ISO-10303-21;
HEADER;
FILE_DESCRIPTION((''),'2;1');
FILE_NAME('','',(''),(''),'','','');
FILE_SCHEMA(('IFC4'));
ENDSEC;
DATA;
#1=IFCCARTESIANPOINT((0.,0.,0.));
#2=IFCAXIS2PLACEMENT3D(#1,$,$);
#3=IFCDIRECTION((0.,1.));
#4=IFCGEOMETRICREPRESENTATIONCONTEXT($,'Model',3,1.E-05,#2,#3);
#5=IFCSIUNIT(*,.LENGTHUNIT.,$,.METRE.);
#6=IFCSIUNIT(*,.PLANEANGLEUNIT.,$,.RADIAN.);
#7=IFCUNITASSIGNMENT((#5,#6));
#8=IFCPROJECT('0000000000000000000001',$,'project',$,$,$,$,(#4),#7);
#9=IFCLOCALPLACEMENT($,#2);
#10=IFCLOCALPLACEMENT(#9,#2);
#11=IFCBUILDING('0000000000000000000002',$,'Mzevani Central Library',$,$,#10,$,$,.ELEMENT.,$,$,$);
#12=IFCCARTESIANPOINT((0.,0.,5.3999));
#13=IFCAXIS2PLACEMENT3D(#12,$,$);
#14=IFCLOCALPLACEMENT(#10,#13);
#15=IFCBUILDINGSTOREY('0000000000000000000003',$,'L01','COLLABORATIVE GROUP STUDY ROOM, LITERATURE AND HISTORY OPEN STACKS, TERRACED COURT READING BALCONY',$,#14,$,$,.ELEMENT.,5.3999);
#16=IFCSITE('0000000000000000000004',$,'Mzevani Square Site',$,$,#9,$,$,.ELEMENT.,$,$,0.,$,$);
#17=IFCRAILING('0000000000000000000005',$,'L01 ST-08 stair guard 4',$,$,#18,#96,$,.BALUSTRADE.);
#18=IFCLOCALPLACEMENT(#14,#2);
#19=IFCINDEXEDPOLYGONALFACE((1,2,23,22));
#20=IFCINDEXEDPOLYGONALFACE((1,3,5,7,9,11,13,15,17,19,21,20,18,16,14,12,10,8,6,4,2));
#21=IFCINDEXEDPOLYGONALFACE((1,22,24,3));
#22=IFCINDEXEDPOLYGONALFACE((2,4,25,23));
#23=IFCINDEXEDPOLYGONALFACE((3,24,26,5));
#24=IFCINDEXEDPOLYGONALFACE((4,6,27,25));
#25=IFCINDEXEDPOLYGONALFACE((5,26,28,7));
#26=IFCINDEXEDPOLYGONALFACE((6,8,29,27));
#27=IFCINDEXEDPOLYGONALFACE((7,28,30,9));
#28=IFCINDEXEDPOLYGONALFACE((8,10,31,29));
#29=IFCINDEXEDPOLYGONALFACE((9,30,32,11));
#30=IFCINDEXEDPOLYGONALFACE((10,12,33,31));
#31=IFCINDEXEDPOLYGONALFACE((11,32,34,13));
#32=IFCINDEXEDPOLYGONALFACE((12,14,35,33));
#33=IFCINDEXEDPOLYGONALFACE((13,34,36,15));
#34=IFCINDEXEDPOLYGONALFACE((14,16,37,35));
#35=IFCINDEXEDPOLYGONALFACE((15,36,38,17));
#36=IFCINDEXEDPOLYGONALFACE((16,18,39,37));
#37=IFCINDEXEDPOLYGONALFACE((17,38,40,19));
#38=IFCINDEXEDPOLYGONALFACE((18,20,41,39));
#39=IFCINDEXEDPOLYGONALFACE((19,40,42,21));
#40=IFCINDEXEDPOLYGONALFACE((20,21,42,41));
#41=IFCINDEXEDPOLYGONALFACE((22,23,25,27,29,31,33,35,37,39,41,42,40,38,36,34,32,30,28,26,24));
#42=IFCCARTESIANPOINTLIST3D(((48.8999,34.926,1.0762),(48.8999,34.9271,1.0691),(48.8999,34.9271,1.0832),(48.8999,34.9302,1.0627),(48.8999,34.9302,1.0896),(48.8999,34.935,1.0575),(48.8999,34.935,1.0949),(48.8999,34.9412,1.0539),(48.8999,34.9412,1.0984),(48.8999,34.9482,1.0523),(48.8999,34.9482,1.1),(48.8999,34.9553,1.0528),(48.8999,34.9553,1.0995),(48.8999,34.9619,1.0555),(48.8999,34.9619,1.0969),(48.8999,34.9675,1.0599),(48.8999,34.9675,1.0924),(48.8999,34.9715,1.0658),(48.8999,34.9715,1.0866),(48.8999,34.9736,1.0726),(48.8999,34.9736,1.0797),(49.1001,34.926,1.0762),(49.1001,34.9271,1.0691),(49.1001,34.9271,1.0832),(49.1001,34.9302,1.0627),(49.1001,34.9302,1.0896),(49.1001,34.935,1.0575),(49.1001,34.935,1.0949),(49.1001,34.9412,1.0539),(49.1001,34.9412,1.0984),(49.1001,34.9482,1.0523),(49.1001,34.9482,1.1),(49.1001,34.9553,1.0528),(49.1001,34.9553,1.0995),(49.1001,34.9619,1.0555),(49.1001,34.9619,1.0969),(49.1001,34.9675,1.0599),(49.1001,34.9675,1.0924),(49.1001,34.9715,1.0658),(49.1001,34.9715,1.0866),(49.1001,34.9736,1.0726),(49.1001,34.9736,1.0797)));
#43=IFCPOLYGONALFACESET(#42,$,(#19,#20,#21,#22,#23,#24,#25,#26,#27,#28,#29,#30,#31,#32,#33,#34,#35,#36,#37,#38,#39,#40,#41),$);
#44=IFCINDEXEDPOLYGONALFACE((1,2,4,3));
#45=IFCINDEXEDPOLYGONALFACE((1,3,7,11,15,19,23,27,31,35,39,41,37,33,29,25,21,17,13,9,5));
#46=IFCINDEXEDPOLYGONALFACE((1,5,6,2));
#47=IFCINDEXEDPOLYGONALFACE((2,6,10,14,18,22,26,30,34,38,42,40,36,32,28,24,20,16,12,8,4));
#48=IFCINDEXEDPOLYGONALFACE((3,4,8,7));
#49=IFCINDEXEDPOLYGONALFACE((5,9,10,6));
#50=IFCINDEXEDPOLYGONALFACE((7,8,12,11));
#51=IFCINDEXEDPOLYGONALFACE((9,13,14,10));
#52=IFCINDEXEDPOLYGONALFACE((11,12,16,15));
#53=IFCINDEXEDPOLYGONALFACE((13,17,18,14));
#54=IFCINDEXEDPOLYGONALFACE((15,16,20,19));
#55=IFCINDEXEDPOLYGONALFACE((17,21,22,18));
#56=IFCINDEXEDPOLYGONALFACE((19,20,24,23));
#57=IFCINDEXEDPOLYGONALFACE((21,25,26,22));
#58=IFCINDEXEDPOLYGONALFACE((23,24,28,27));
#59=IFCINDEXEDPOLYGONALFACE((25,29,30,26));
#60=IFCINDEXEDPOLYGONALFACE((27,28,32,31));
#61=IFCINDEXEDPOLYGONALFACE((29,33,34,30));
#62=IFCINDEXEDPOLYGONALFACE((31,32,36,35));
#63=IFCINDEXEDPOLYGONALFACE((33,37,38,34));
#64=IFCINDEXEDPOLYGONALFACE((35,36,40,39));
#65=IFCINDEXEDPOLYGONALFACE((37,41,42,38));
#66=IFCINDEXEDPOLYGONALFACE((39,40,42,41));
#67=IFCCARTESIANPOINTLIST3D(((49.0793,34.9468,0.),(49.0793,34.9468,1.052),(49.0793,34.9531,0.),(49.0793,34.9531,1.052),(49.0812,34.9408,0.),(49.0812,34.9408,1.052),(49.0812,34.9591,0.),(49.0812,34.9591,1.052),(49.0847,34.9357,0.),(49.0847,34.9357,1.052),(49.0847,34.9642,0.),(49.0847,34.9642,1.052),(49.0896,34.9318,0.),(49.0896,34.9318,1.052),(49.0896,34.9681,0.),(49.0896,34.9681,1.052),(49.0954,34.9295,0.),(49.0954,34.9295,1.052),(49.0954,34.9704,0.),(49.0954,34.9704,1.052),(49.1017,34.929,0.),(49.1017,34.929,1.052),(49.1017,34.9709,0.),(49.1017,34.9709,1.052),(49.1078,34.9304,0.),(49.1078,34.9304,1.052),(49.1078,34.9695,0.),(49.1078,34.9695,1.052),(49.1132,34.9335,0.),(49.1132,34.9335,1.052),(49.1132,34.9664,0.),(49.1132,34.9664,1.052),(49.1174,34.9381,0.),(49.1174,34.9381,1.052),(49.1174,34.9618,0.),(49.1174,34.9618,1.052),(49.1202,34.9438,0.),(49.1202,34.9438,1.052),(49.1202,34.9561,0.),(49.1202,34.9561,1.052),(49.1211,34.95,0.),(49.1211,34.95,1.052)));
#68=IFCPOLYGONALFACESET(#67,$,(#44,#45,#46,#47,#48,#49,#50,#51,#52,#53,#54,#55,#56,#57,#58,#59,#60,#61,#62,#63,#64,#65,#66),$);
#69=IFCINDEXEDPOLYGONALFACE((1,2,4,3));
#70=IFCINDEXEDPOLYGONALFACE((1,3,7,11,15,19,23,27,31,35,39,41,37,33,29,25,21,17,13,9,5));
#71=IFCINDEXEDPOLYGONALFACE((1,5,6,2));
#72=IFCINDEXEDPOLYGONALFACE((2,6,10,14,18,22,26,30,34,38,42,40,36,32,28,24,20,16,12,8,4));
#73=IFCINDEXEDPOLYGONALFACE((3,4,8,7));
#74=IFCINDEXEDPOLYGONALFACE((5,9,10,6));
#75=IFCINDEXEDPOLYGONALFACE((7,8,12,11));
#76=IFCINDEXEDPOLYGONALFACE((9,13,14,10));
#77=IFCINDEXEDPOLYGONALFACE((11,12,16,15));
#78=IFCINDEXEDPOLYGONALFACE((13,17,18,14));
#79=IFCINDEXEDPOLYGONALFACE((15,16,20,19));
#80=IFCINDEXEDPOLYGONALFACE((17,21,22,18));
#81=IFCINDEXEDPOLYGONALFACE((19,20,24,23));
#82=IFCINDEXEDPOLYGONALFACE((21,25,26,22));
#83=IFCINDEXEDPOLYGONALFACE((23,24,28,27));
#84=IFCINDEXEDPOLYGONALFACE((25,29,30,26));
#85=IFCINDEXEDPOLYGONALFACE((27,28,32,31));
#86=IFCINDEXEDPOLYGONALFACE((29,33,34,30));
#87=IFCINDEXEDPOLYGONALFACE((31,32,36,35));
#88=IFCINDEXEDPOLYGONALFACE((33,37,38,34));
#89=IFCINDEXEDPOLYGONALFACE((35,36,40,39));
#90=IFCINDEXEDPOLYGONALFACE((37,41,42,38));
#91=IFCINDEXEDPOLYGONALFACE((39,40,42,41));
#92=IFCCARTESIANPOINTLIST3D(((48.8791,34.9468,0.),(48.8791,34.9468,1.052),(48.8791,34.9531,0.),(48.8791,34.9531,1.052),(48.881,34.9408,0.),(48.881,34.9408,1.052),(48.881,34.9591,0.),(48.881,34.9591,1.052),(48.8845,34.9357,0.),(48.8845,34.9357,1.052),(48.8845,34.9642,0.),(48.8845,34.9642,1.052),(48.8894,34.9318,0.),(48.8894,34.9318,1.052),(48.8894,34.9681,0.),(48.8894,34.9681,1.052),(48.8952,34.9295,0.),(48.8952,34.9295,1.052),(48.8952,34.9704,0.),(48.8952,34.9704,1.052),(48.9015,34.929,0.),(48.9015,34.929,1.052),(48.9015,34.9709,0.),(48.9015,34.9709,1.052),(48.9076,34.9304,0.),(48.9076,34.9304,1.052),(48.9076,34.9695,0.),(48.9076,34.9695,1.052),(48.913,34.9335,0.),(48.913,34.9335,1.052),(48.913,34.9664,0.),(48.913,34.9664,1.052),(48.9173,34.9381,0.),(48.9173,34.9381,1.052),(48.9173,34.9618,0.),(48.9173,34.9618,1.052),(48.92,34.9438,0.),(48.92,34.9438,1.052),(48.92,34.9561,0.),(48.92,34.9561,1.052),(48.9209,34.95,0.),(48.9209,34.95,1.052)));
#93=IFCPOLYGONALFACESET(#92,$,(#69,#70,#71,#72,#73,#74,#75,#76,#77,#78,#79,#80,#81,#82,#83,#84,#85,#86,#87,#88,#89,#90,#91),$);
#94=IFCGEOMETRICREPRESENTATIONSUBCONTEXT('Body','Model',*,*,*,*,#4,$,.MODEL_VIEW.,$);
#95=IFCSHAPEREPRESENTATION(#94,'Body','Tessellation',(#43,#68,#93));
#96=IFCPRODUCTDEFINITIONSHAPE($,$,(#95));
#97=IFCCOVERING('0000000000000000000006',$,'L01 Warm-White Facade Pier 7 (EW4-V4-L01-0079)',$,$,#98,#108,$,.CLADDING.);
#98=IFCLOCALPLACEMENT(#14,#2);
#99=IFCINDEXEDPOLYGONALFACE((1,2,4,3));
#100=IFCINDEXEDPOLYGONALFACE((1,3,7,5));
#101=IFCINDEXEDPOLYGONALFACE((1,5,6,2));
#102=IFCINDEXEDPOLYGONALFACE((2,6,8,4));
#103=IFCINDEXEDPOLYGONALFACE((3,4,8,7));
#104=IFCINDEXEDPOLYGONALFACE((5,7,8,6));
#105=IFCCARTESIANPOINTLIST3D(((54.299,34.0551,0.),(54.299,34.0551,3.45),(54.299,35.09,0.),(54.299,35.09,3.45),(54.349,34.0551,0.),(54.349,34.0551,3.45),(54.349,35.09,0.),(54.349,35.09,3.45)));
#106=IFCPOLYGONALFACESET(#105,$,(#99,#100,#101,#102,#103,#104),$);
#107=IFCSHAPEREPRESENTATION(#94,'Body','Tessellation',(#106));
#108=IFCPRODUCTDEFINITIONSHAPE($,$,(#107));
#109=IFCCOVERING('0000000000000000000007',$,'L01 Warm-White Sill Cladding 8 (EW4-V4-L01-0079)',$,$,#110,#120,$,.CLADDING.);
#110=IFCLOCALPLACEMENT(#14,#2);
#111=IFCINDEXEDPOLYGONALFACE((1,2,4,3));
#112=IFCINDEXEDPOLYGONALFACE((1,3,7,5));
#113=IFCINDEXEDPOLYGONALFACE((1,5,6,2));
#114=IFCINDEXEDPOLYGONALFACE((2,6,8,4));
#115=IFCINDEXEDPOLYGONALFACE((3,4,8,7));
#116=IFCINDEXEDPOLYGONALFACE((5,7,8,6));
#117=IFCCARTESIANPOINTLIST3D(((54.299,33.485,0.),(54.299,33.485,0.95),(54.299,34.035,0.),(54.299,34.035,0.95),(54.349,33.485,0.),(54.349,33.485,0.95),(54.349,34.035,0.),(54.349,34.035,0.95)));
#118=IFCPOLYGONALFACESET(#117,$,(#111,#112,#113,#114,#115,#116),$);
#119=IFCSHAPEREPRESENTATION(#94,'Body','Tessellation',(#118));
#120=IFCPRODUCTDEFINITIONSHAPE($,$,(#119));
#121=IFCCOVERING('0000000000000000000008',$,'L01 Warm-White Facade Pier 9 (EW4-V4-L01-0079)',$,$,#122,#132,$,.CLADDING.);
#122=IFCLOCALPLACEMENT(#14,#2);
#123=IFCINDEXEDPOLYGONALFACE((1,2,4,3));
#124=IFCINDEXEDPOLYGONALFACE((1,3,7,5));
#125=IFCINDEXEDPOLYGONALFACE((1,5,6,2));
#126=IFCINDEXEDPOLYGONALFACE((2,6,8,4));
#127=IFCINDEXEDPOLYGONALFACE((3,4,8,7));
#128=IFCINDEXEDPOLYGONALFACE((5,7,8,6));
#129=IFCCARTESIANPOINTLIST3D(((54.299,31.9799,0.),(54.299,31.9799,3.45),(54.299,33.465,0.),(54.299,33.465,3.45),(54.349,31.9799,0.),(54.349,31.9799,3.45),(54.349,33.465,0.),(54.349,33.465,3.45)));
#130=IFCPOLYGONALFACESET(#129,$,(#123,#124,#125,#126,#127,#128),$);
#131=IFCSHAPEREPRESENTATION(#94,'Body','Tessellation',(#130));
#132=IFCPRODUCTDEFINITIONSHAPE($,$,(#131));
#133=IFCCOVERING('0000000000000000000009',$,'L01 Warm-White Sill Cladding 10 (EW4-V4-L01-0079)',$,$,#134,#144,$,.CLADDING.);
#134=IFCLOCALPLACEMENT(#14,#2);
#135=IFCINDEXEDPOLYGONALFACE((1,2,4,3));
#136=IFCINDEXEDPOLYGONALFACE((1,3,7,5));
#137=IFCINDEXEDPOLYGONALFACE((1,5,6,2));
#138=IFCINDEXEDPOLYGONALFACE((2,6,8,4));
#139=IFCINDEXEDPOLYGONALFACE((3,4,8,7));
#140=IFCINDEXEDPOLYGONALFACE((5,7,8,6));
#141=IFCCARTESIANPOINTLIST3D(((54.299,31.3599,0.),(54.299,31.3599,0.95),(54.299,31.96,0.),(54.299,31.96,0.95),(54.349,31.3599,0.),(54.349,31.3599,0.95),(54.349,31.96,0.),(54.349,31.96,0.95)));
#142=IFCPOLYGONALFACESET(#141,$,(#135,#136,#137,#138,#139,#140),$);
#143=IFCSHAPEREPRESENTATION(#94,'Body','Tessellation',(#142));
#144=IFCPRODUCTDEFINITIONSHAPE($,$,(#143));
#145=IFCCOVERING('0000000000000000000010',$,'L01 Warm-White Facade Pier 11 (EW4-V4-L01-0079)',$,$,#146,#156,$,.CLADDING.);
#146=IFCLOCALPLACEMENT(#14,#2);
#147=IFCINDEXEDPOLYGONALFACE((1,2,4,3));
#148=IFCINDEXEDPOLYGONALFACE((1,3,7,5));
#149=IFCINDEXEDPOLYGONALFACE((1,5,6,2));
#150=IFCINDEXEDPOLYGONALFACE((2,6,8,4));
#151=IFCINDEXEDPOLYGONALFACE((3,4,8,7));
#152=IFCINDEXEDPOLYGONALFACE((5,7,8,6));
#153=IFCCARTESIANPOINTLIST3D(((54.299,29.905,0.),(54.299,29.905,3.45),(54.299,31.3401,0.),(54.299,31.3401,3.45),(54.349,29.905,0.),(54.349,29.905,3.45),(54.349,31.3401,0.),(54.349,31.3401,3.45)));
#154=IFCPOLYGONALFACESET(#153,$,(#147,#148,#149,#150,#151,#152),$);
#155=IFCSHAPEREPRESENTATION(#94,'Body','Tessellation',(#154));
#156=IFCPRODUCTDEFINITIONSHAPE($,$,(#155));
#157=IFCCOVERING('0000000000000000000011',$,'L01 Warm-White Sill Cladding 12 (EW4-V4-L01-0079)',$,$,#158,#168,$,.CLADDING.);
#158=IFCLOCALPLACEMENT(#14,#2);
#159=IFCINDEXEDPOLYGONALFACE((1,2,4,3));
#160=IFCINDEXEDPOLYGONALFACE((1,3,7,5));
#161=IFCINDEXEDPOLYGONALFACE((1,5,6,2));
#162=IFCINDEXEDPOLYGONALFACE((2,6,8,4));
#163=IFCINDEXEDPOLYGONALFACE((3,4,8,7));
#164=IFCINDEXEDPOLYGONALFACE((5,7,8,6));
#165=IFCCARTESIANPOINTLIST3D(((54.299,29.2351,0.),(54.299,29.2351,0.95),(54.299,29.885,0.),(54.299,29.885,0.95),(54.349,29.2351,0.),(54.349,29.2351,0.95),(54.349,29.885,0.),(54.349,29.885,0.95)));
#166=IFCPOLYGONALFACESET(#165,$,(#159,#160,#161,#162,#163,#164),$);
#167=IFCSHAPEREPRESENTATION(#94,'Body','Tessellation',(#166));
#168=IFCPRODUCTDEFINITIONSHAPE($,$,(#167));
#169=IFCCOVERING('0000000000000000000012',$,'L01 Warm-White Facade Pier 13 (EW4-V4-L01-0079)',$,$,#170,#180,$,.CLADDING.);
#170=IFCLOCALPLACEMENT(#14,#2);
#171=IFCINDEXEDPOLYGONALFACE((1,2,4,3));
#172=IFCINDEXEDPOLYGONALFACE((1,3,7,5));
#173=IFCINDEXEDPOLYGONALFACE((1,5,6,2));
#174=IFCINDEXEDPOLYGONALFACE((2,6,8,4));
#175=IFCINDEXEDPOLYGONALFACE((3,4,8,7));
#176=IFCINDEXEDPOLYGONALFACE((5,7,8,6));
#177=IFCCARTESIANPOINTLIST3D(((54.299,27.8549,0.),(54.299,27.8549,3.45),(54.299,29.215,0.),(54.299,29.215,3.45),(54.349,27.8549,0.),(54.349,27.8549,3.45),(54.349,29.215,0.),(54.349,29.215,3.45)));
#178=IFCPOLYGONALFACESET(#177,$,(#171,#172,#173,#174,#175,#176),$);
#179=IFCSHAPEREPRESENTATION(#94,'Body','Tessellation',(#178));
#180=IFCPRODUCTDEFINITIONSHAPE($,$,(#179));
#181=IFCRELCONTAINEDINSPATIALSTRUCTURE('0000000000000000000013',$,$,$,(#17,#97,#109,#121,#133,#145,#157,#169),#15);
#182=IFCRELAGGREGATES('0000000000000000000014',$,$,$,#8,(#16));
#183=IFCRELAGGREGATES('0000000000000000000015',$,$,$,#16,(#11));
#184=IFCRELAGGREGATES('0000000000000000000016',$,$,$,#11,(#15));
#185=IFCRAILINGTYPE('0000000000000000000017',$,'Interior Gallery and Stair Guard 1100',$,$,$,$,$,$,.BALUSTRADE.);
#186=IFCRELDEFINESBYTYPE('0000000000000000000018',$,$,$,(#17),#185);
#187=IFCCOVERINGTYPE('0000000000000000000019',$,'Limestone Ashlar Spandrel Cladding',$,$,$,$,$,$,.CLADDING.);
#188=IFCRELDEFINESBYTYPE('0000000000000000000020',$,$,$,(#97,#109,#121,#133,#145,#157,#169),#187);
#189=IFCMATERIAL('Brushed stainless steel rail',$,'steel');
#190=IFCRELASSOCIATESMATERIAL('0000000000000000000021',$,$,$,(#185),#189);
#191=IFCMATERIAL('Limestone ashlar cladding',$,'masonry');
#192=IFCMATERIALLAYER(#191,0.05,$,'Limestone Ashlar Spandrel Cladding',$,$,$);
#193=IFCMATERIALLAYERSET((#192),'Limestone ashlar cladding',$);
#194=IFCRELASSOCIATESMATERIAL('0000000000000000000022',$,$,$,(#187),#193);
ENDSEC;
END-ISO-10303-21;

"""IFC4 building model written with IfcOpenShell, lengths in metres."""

from ifc_helpers import new_model, si_unit, direction, frame, origin, origin_2d, place, context, subcontext, project, spatial, rectangle, circle, extrude, material, layer, layer_set, type_object, element, save


model = new_model("IFC4")

# Units and contexts
model_context = context("Model", 3, precision=1e-05, world=origin(), true_north=direction((0.0, 1.0)))
body_context = subcontext(model_context, "Body", "Model", "MODEL_VIEW")
ifc_project = project(units=[si_unit("LENGTHUNIT", "METRE"), si_unit("PLANEANGLEUNIT", "RADIAN")], contexts=[model_context])

# Site, building, storey
site_placement = place(None, origin())
site = spatial("IfcSite", under=ifc_project, at=site_placement, Name="Mzevani Square Site", CompositionType="ELEMENT", RefElevation=0.0)
building_placement = place(site_placement, origin())
building = spatial("IfcBuilding", under=site, at=building_placement, Name="Mzevani Central Library", CompositionType="ELEMENT")
storey_placement = place(building_placement, frame((0.0, 0.0, 5.3999)))
storey = spatial("IfcBuildingStorey", under=building, at=storey_placement, Name="L01", Description="COLLABORATIVE GROUP STUDY ROOM, LITERATURE AND HISTORY OPEN STACKS, TERRACED COURT READING BALCONY", CompositionType="ELEMENT", Elevation=5.3999)

# Railing
ifc_material_1 = material(Name="Brushed stainless steel rail", Category="steel")
railing_type = type_object("IfcRailingType", Name="Interior Gallery and Stair Guard 1100", PredefinedType="BALUSTRADE", material=ifc_material_1)
railing_placement = place(storey_placement, frame((49.1001, 34.95, 0.0)))
element("IfcRailing", 1, at=railing_placement, inside=storey, type_object=railing_type, Name="L01 ST-08 stair guard 4", PredefinedType="BALUSTRADE", context=body_context, shape_type="SweptSolid", body=[
    extrude(circle(Radius=0.0239, at=origin_2d()), frame((0.0, 0.0, 1.0762), z_axis=(-1.0, 0.0, 0.0), x_axis=(0.0, -1.0, 0.0)), (0.0, 0.0, 1.0), 0.2002),
    extrude(circle(Radius=0.021, at=origin_2d()), origin(), (0.0, 0.0, 1.0), 1.052),
    extrude(circle(Radius=0.021, at=origin_2d()), frame((-0.2002, 0.0, 0.0)), (0.0, 0.0, 1.0), 1.052),
])

# Coverings
ifc_material_2 = material(Name="Limestone ashlar cladding", Category="masonry")
ifc_layer_1 = layer(ifc_material_2, 0.05, Name="Limestone Ashlar Spandrel Cladding")
ifc_layer_set_1 = layer_set([ifc_layer_1], Name="Limestone ashlar cladding")
covering_type = type_object("IfcCoveringType", Name="Limestone Ashlar Spandrel Cladding", PredefinedType="CLADDING", material=ifc_layer_set_1)
covering_1_placement = place(storey_placement, frame((54.324, 34.5725, 0.0), z_axis=(0.0, 0.0, 1.0), x_axis=(0.0, -1.0, 0.0)))
element("IfcCovering", 2, at=covering_1_placement, inside=storey, type_object=covering_type, Name="L01 Warm-White Facade Pier 7 (EW4-V4-L01-0079)", PredefinedType="CLADDING", context=body_context, shape_type="SweptSolid", body=[
    extrude(rectangle(XDim=1.0349, YDim=0.05, at=origin_2d()), origin(), (0.0, 0.0, 1.0), 3.45),
])
covering_2_placement = place(storey_placement, frame((54.324, 33.76, 0.0), z_axis=(0.0, 0.0, 1.0), x_axis=(0.0, -1.0, 0.0)))
element("IfcCovering", 3, at=covering_2_placement, inside=storey, type_object=covering_type, Name="L01 Warm-White Sill Cladding 8 (EW4-V4-L01-0079)", PredefinedType="CLADDING", context=body_context, shape_type="SweptSolid", body=[
    extrude(rectangle(XDim=0.55, YDim=0.05, at=origin_2d()), origin(), (0.0, 0.0, 1.0), 0.95),
])
covering_3_placement = place(storey_placement, frame((54.324, 32.7224, 0.0), z_axis=(0.0, 0.0, 1.0), x_axis=(0.0, -1.0, 0.0)))
element("IfcCovering", 4, at=covering_3_placement, inside=storey, type_object=covering_type, Name="L01 Warm-White Facade Pier 9 (EW4-V4-L01-0079)", PredefinedType="CLADDING", context=body_context, shape_type="SweptSolid", body=[
    extrude(rectangle(XDim=1.4851, YDim=0.05, at=origin_2d()), origin(), (0.0, 0.0, 1.0), 3.45),
])
covering_4_placement = place(storey_placement, frame((54.324, 31.6599, 0.0), z_axis=(0.0, 0.0, 1.0), x_axis=(0.0, -1.0, 0.0)))
element("IfcCovering", 5, at=covering_4_placement, inside=storey, type_object=covering_type, Name="L01 Warm-White Sill Cladding 10 (EW4-V4-L01-0079)", PredefinedType="CLADDING", context=body_context, shape_type="SweptSolid", body=[
    extrude(rectangle(XDim=0.6001, YDim=0.05, at=origin_2d()), origin(), (0.0, 0.0, 1.0), 0.95),
])
covering_5_placement = place(storey_placement, frame((54.324, 30.6226, 0.0), z_axis=(0.0, 0.0, 1.0), x_axis=(0.0, -1.0, 0.0)))
element("IfcCovering", 6, at=covering_5_placement, inside=storey, type_object=covering_type, Name="L01 Warm-White Facade Pier 11 (EW4-V4-L01-0079)", PredefinedType="CLADDING", context=body_context, shape_type="SweptSolid", body=[
    extrude(rectangle(XDim=1.4351, YDim=0.05, at=origin_2d()), origin(), (0.0, 0.0, 1.0), 3.45),
])
covering_6_placement = place(storey_placement, frame((54.324, 29.5601, 0.0), z_axis=(0.0, 0.0, 1.0), x_axis=(0.0, -1.0, 0.0)))
element("IfcCovering", 7, at=covering_6_placement, inside=storey, type_object=covering_type, Name="L01 Warm-White Sill Cladding 12 (EW4-V4-L01-0079)", PredefinedType="CLADDING", context=body_context, shape_type="SweptSolid", body=[
    extrude(rectangle(XDim=0.6499, YDim=0.05, at=origin_2d()), origin(), (0.0, 0.0, 1.0), 0.95),
])
covering_7_placement = place(storey_placement, frame((54.324, 28.5349, 0.0), z_axis=(0.0, 0.0, 1.0), x_axis=(0.0, -1.0, 0.0)))
element("IfcCovering", 8, at=covering_7_placement, inside=storey, type_object=covering_type, Name="L01 Warm-White Facade Pier 13 (EW4-V4-L01-0079)", PredefinedType="CLADDING", context=body_context, shape_type="SweptSolid", body=[
    extrude(rectangle(XDim=1.3601, YDim=0.05, at=origin_2d()), origin(), (0.0, 0.0, 1.0), 3.45),
])

save(model, "model.ifc")
